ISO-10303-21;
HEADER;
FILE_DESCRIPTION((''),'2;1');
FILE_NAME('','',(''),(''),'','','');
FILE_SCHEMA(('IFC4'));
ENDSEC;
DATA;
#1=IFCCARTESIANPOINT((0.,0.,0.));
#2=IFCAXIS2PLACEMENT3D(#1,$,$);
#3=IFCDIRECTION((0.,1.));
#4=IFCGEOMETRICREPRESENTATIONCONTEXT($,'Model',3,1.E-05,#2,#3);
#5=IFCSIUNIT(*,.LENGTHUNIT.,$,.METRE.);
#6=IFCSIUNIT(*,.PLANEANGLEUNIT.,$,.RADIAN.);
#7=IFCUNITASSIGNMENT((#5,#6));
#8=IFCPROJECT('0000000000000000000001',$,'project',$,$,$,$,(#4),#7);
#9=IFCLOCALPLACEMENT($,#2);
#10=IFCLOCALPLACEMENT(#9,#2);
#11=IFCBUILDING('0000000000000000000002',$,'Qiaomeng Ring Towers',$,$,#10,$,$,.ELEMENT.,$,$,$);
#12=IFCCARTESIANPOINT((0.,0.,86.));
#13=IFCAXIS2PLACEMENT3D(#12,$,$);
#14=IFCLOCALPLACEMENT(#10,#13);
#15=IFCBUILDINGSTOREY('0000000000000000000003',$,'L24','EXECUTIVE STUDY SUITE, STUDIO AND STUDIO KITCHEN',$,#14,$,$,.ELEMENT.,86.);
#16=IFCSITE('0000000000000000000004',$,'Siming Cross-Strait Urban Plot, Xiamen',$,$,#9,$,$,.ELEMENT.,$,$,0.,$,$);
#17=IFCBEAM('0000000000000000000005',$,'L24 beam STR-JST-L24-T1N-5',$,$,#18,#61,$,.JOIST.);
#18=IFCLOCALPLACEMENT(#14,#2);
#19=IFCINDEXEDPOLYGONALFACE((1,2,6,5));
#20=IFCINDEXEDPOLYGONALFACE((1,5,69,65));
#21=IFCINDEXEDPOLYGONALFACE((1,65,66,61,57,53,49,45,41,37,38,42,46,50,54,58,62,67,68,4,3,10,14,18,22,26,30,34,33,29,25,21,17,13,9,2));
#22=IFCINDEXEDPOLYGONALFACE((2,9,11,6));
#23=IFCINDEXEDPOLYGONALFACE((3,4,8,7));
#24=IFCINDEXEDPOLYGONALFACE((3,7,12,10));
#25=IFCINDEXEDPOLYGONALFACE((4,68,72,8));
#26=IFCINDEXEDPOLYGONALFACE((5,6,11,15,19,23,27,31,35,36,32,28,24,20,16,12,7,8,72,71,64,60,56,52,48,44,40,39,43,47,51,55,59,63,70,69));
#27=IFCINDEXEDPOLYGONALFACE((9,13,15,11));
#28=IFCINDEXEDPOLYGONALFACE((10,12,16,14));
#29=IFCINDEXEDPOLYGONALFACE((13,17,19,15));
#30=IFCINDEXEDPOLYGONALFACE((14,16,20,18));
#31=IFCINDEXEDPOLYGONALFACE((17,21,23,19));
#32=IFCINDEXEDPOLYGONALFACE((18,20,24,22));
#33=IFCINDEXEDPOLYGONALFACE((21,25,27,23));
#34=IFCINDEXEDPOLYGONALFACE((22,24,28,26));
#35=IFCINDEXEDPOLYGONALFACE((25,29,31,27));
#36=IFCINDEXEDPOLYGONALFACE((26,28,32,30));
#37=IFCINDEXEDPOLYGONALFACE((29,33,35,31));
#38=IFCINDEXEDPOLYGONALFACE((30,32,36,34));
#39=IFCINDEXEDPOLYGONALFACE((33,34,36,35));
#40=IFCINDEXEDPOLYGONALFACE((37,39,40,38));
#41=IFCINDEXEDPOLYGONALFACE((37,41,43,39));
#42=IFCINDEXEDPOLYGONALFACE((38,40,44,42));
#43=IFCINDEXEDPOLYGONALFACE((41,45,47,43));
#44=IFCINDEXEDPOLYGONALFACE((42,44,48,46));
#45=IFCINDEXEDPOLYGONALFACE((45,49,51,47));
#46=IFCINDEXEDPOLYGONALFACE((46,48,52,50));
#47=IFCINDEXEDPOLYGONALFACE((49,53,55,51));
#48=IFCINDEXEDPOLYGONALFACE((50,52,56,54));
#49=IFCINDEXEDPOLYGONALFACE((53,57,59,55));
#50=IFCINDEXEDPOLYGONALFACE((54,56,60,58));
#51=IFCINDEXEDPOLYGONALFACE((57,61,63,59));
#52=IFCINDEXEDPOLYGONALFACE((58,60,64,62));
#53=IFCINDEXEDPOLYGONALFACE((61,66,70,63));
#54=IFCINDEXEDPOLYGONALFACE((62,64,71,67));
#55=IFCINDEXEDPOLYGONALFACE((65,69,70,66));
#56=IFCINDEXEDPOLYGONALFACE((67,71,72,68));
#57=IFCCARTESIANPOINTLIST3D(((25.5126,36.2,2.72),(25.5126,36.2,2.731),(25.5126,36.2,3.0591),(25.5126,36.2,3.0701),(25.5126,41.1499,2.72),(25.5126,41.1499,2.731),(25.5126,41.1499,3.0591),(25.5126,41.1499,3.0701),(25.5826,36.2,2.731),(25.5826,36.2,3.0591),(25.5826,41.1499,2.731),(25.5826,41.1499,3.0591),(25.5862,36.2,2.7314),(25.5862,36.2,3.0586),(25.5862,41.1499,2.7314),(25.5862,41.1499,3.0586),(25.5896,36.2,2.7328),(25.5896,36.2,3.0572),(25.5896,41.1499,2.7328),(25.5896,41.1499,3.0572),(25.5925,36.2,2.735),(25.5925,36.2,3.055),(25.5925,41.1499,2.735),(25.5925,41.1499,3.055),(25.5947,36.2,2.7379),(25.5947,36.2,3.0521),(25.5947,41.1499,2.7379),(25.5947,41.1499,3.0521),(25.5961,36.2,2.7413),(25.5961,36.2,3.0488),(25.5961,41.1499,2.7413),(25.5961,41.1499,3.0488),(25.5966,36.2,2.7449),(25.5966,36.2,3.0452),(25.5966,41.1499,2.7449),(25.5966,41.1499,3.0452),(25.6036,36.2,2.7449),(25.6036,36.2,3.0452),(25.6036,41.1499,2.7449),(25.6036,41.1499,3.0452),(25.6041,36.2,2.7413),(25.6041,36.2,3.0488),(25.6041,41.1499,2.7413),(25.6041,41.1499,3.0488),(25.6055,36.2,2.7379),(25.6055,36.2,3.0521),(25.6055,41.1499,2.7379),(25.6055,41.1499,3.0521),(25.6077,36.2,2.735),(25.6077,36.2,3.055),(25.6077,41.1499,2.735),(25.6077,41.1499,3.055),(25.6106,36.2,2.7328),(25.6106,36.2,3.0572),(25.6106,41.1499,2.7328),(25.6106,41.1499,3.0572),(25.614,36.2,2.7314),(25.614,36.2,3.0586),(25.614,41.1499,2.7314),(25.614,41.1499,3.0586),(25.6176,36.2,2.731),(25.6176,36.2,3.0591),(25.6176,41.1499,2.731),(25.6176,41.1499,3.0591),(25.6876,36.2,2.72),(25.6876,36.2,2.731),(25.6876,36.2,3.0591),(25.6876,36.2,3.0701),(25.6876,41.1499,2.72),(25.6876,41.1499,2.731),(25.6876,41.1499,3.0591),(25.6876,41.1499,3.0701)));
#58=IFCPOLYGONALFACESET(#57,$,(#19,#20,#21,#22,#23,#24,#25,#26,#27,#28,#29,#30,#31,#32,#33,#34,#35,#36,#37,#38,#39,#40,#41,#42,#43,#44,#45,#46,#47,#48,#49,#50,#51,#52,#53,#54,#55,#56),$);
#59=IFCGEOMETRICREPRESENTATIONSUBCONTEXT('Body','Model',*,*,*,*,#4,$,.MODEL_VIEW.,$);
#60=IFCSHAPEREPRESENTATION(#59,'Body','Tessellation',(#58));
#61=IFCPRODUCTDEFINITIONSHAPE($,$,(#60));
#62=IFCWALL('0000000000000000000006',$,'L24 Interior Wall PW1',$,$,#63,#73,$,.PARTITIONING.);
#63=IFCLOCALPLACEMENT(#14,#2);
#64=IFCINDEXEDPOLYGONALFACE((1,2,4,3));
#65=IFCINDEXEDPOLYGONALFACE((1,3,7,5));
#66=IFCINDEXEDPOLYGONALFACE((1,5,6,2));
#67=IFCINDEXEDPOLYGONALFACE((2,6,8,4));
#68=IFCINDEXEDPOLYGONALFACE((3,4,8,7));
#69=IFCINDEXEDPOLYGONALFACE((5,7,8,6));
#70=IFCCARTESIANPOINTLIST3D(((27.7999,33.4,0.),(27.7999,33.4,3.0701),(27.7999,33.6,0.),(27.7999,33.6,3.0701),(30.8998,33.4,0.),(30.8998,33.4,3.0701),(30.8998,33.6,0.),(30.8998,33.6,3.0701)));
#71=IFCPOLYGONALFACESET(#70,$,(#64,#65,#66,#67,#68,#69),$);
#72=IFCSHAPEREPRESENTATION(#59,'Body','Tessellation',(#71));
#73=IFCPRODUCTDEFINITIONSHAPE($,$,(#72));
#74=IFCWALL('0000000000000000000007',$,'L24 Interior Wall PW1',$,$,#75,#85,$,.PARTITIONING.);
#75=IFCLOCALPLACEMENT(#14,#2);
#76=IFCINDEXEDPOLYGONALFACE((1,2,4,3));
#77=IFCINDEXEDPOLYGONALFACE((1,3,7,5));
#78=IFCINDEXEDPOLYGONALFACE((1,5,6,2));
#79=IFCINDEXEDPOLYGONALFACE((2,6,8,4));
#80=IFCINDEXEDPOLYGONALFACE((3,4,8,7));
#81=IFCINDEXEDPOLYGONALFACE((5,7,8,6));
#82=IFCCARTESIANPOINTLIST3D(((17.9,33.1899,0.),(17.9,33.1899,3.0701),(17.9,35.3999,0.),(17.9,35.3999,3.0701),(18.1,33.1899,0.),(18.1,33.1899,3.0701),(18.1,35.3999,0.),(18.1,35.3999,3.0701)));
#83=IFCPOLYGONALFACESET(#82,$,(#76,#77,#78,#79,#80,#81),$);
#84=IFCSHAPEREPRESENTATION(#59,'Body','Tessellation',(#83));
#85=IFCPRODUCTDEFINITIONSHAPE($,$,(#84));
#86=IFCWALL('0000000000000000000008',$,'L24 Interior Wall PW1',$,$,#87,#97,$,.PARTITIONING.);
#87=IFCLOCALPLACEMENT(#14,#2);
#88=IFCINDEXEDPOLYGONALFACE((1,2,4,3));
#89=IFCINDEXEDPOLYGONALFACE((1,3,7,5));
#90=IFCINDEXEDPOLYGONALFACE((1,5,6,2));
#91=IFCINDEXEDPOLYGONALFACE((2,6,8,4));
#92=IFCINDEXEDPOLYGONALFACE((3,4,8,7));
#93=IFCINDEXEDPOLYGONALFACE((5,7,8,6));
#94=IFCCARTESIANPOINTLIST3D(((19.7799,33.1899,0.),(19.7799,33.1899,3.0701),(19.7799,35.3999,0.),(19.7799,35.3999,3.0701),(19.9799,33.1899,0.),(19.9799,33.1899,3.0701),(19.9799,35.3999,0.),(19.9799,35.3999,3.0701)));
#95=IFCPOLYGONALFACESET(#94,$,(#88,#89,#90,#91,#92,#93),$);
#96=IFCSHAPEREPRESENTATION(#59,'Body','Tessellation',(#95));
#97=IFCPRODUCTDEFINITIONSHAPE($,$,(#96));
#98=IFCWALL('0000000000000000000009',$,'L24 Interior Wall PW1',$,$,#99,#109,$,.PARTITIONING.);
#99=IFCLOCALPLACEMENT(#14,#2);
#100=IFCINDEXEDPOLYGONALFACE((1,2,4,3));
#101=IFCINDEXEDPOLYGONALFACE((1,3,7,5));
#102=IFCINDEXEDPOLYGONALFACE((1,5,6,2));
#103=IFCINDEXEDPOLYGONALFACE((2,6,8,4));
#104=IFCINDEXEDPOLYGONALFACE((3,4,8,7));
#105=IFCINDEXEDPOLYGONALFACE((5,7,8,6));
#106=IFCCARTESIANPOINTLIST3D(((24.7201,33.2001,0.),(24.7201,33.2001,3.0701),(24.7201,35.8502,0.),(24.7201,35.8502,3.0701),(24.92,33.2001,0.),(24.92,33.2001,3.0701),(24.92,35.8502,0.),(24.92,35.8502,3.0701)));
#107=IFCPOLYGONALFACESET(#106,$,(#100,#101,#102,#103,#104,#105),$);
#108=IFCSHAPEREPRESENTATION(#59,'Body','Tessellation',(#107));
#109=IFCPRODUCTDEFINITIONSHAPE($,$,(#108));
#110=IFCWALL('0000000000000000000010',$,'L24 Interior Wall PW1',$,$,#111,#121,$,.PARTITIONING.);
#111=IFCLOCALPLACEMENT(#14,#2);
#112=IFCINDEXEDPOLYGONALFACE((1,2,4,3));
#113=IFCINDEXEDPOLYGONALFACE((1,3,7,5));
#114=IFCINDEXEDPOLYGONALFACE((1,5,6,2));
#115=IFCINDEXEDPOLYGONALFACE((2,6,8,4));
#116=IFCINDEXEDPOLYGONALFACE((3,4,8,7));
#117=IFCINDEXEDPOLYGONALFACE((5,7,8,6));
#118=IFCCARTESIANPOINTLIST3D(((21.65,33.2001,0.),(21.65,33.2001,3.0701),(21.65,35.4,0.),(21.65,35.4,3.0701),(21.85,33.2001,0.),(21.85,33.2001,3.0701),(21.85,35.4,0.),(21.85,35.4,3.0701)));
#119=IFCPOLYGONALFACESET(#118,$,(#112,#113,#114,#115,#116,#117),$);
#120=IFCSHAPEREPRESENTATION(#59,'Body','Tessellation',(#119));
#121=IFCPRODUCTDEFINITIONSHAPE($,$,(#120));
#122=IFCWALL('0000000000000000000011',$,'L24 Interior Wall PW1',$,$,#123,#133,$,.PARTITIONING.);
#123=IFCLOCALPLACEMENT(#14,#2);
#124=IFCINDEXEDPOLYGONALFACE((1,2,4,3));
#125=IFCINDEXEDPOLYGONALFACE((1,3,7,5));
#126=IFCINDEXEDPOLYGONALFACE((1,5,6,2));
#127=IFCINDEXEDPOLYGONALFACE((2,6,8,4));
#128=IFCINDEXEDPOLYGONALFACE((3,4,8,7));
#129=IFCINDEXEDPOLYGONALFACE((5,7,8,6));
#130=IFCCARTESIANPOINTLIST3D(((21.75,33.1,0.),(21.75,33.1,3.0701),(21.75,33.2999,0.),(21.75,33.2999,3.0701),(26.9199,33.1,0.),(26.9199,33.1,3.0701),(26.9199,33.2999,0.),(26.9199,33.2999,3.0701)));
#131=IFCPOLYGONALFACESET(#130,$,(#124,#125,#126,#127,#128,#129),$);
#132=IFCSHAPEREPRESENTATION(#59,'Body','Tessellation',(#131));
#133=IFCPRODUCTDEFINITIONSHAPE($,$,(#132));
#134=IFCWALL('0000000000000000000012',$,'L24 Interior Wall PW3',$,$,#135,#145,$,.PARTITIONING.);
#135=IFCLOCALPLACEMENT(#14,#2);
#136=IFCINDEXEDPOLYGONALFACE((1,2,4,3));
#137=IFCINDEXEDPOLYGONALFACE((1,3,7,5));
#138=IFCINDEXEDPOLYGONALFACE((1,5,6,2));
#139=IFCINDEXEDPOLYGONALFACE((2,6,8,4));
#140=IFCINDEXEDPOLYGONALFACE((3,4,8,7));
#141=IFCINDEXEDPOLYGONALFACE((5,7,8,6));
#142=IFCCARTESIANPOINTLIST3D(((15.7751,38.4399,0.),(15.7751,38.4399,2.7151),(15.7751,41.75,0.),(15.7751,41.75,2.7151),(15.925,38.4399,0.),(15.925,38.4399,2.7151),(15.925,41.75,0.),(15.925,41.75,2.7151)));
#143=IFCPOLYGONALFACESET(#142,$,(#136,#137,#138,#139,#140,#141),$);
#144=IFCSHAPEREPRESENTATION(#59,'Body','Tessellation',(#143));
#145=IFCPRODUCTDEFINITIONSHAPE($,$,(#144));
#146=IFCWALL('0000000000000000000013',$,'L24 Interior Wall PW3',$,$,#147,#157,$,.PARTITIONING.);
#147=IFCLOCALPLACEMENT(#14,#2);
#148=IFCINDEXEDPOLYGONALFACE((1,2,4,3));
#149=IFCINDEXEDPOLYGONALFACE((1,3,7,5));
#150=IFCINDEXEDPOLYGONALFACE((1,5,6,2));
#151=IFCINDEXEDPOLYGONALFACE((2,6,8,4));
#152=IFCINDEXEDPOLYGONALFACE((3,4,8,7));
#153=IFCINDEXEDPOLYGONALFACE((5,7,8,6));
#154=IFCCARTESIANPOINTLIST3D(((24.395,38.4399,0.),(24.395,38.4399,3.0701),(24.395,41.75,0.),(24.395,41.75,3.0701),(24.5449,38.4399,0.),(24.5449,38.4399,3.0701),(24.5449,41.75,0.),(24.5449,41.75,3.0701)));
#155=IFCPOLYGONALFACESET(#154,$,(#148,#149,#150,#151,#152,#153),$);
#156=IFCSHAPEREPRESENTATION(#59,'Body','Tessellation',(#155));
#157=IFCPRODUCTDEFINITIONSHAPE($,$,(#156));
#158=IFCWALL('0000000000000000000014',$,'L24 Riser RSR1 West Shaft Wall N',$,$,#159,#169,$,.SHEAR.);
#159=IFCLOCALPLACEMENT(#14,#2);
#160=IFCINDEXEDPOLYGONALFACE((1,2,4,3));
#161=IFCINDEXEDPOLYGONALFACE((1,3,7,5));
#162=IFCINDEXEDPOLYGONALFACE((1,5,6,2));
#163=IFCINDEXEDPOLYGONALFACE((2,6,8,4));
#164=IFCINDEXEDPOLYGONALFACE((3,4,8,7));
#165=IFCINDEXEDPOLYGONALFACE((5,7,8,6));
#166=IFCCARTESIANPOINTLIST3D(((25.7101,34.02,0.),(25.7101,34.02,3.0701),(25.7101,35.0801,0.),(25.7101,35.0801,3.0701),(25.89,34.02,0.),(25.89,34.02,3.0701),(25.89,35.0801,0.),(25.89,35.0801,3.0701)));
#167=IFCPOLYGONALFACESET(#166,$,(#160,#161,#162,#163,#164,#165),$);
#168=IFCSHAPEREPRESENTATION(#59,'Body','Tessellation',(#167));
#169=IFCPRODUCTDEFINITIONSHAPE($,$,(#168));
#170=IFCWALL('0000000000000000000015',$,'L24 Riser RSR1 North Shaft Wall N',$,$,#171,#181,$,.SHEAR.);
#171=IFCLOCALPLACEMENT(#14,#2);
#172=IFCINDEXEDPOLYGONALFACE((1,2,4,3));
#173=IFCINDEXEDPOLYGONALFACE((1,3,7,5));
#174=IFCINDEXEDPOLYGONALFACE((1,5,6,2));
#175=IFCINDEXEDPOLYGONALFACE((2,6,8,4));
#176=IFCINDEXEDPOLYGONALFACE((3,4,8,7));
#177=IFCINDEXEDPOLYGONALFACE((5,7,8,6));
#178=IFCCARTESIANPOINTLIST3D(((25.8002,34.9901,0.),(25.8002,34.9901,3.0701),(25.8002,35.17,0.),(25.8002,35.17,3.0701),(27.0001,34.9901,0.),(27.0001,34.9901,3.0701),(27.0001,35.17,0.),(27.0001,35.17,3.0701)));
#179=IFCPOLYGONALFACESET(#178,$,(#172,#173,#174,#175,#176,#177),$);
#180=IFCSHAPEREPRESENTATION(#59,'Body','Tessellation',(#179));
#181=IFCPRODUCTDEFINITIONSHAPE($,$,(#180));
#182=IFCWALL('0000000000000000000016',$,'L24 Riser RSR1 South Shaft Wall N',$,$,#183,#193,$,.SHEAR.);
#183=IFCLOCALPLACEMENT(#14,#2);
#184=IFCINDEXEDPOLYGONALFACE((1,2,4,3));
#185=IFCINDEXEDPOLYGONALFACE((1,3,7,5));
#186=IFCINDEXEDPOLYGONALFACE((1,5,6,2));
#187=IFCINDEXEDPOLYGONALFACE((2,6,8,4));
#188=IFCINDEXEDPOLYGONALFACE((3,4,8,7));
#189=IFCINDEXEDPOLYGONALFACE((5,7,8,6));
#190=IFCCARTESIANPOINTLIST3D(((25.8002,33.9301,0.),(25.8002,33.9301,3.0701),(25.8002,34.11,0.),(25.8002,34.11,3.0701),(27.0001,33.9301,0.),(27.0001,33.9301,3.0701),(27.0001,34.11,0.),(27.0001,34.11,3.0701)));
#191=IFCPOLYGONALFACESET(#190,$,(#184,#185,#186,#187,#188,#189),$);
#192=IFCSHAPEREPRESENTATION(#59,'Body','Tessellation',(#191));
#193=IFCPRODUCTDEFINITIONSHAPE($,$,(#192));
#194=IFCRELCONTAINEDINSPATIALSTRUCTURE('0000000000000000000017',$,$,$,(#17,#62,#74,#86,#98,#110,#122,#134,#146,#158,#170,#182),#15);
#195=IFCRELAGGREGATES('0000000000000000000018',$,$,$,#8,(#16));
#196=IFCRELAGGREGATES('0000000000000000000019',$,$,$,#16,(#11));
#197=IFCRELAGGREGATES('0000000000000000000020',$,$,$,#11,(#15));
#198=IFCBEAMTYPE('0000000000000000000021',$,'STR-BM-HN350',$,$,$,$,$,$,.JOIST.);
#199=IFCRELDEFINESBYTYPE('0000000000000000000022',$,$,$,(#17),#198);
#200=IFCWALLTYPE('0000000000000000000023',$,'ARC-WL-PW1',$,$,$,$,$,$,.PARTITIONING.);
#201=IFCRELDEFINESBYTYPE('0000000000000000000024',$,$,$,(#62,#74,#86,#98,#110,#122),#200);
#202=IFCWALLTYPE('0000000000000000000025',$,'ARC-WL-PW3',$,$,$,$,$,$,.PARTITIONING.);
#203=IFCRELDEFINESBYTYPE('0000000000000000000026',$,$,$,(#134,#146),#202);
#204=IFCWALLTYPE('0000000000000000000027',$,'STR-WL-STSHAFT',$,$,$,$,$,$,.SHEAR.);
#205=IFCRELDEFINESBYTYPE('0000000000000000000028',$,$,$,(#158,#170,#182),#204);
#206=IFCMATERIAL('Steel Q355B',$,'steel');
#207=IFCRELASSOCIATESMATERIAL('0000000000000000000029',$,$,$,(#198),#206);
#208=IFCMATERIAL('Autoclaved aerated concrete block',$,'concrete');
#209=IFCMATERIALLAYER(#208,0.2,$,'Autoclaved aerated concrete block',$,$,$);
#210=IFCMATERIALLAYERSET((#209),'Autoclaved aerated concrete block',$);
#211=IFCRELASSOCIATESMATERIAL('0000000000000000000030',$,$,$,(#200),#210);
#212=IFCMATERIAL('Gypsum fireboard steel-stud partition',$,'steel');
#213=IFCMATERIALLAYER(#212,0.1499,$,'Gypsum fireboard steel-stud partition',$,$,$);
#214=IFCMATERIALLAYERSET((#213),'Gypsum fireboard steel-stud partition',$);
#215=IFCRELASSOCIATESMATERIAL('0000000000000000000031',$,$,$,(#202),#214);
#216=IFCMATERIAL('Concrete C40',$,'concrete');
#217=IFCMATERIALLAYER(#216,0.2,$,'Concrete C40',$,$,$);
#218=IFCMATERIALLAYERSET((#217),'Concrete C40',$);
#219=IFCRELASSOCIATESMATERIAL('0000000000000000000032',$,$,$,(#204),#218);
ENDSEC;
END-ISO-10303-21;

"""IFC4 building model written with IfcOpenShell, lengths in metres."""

from ifc_helpers import new_model, si_unit, direction, frame, frame_2d, origin, origin_2d, place, context, subcontext, project, spatial, rectangle, i_section, extrude, source, transform, mapped, material, layer, layer_set, material_profile, profile_set, type_object, element, save


model = new_model("IFC4")

# Units and contexts
model_context = context("Model", 3, precision=1e-05, world=origin(), true_north=direction((0.0, 1.0)))
body_context = subcontext(model_context, "Body", "Model", "MODEL_VIEW")
ifc_project = project(units=[si_unit("LENGTHUNIT", "METRE"), si_unit("PLANEANGLEUNIT", "RADIAN")], contexts=[model_context])

# Site, building, storey
site_placement = place(None, origin())
site = spatial("IfcSite", under=ifc_project, at=site_placement, Name="Siming Cross-Strait Urban Plot, Xiamen", CompositionType="ELEMENT", RefElevation=0.0)
building_placement = place(site_placement, origin())
building = spatial("IfcBuilding", under=site, at=building_placement, Name="Qiaomeng Ring Towers", CompositionType="ELEMENT")
storey_placement = place(building_placement, frame((0.0, 0.0, 86.0)))
storey = spatial("IfcBuildingStorey", under=building, at=storey_placement, Name="L24", Description="EXECUTIVE STUDY SUITE, STUDIO AND STUDIO KITCHEN", CompositionType="ELEMENT", Elevation=86.0)

# Beam
ifc_material_1 = material(Name="Steel Q355B", Category="steel")
ifc_material_profile_1 = material_profile(ifc_material_1, i_section(OverallWidth=0.175, OverallDepth=0.3501, WebThickness=0.0071, FlangeThickness=0.011, FilletRadius=0.0139, at=origin_2d()), Name="HN 350x175x7x11")
ifc_profile_set_1 = profile_set([ifc_material_profile_1], Name="Steel Q355B")
beam_type_1 = type_object("IfcBeamType", Name="STR-BM-HN350", PredefinedType="JOIST", material=ifc_profile_set_1)
shared_shape_1 = source(origin(), body_context, "Body", "SweptSolid", [
    extrude(i_section(OverallWidth=0.175, OverallDepth=0.3501, WebThickness=0.0071, FlangeThickness=0.011, FilletRadius=0.0139, at=origin_2d()), origin(), (0.0, 0.0, 1.0), 4.95),
])
for number, where, z_axis, x_axis, name in (
    (1, (25.6001, 36.2, 2.895), (0.0, 1.0, 0.0), (-1.0, 0.0, 0.0), "L24 beam STR-JST-L24-T1N-5"),
):
    element("IfcBeam", number, at=place(storey_placement, frame(where, z_axis=z_axis, x_axis=x_axis)), inside=storey, type_object=beam_type_1, Name=name, PredefinedType="JOIST", context=body_context, shape_type="MappedRepresentation", body=[
        mapped(shared_shape_1, transform((0.0, 0.0, 0.0), x_axis=(1.0, 0.0, 0.0), y_axis=(0.0, 1.0, 0.0), z_axis=(0.0, 0.0, 1.0), scale=1.0)),
    ])

# Walls
ifc_material_2 = material(Name="Autoclaved aerated concrete block", Category="concrete")
ifc_layer_1 = layer(ifc_material_2, 0.2, Name="Autoclaved aerated concrete block")
ifc_layer_set_1 = layer_set([ifc_layer_1], Name="Autoclaved aerated concrete block")
wall_type_1 = type_object("IfcWallType", Name="ARC-WL-PW1", PredefinedType="PARTITIONING", material=ifc_layer_set_1)
wall_1_placement = place(storey_placement, frame((27.8, 33.5, 0.0), z_axis=(0.0, 0.0, 1.0), x_axis=(1.0, 0.0, 0.0)))
element("IfcWall", 2, at=wall_1_placement, inside=storey, type_object=wall_type_1, Name="L24 Interior Wall PW1", PredefinedType="PARTITIONING", context=body_context, shape_type="SweptSolid", body=[
    extrude(rectangle(XDim=3.0999, YDim=0.2, at=frame_2d((1.5498, 0.0))), origin(), (0.0, 0.0, 1.0), 3.0701),
])
for number, where, z_axis, x_axis, name in (
    (3, (18.0, 33.1899, 0.0), (0.0, 0.0, 1.0), (0.0, 1.0, 0.0), "L24 Interior Wall PW1"),
    (4, (19.8799, 33.1899, 0.0), (0.0, 0.0, 1.0), (0.0, 1.0, 0.0), "L24 Interior Wall PW1"),
):
    element("IfcWall", number, at=place(storey_placement, frame(where, z_axis=z_axis, x_axis=x_axis)), inside=storey, type_object=wall_type_1, Name=name, PredefinedType="PARTITIONING", context=body_context, shape_type="SweptSolid", body=[
        extrude(rectangle(XDim=2.21, YDim=0.2, at=frame_2d((1.105, 0.0))), origin(), (0.0, 0.0, 1.0), 3.0701),
    ])
wall_2_placement = place(storey_placement, frame((24.8201, 33.2, 0.0), z_axis=(0.0, 0.0, 1.0), x_axis=(0.0, 1.0, 0.0)))
element("IfcWall", 5, at=wall_2_placement, inside=storey, type_object=wall_type_1, Name="L24 Interior Wall PW1", PredefinedType="PARTITIONING", context=body_context, shape_type="SweptSolid", body=[
    extrude(rectangle(XDim=2.6501, YDim=0.2, at=frame_2d((1.3252, 0.0))), origin(), (0.0, 0.0, 1.0), 3.0701),
])
wall_3_placement = place(storey_placement, frame((21.75, 33.2, 0.0), z_axis=(0.0, 0.0, 1.0), x_axis=(0.0, 1.0, 0.0)))
element("IfcWall", 6, at=wall_3_placement, inside=storey, type_object=wall_type_1, Name="L24 Interior Wall PW1", PredefinedType="PARTITIONING", context=body_context, shape_type="SweptSolid", body=[
    extrude(rectangle(XDim=2.2, YDim=0.2, at=frame_2d((1.1001, 0.0))), origin(), (0.0, 0.0, 1.0), 3.0701),
])
wall_4_placement = place(storey_placement, frame((21.75, 33.2, 0.0), z_axis=(0.0, 0.0, 1.0), x_axis=(1.0, 0.0, 0.0)))
element("IfcWall", 7, at=wall_4_placement, inside=storey, type_object=wall_type_1, Name="L24 Interior Wall PW1", PredefinedType="PARTITIONING", context=body_context, shape_type="SweptSolid", body=[
    extrude(rectangle(XDim=5.1699, YDim=0.2, at=frame_2d((2.585, 0.0))), origin(), (0.0, 0.0, 1.0), 3.0701),
])
ifc_material_3 = material(Name="Gypsum fireboard steel-stud partition", Category="steel")
ifc_layer_2 = layer(ifc_material_3, 0.1499, Name="Gypsum fireboard steel-stud partition")
ifc_layer_set_2 = layer_set([ifc_layer_2], Name="Gypsum fireboard steel-stud partition")
wall_type_2 = type_object("IfcWallType", Name="ARC-WL-PW3", PredefinedType="PARTITIONING", material=ifc_layer_set_2)
wall_5_placement = place(storey_placement, frame((15.8501, 38.4399, 0.0), z_axis=(0.0, 0.0, 1.0), x_axis=(0.0, 1.0, 0.0)))
element("IfcWall", 8, at=wall_5_placement, inside=storey, type_object=wall_type_2, Name="L24 Interior Wall PW3", PredefinedType="PARTITIONING", context=body_context, shape_type="SweptSolid", body=[
    extrude(rectangle(XDim=3.3101, YDim=0.1499, at=frame_2d((1.655, 0.0))), origin(), (0.0, 0.0, 1.0), 2.7151),
])
wall_6_placement = place(storey_placement, frame((24.47, 38.4399, 0.0), z_axis=(0.0, 0.0, 1.0), x_axis=(0.0, 1.0, 0.0)))
element("IfcWall", 9, at=wall_6_placement, inside=storey, type_object=wall_type_2, Name="L24 Interior Wall PW3", PredefinedType="PARTITIONING", context=body_context, shape_type="SweptSolid", body=[
    extrude(rectangle(XDim=3.3101, YDim=0.1499, at=frame_2d((1.655, 0.0))), origin(), (0.0, 0.0, 1.0), 3.0701),
])
ifc_material_4 = material(Name="Concrete C40", Category="concrete")
ifc_layer_3 = layer(ifc_material_4, 0.2, Name="Concrete C40")
ifc_layer_set_3 = layer_set([ifc_layer_3], Name="Concrete C40")
wall_type_3 = type_object("IfcWallType", Name="STR-WL-STSHAFT", PredefinedType="SHEAR", material=ifc_layer_set_3)
wall_7_placement = place(storey_placement, frame((25.8, 34.02, 0.0), z_axis=(0.0, 0.0, 1.0), x_axis=(0.0, 1.0, 0.0)))
element("IfcWall", 10, at=wall_7_placement, inside=storey, type_object=wall_type_3, Name="L24 Riser RSR1 West Shaft Wall N", PredefinedType="SHEAR", context=body_context, shape_type="SweptSolid", body=[
    extrude(rectangle(XDim=1.0601, YDim=0.1799, at=frame_2d((0.53, 0.0))), origin(), (0.0, 0.0, 1.0), 3.0701),
])
for number, where, z_axis, x_axis, name in (
    (11, (25.8, 35.0801, 0.0), (0.0, 0.0, 1.0), (1.0, 0.0, 0.0), "L24 Riser RSR1 North Shaft Wall N"),
    (12, (25.8, 34.02, 0.0), (0.0, 0.0, 1.0), (1.0, 0.0, 0.0), "L24 Riser RSR1 South Shaft Wall N"),
):
    element("IfcWall", number, at=place(storey_placement, frame(where, z_axis=z_axis, x_axis=x_axis)), inside=storey, type_object=wall_type_3, Name=name, PredefinedType="SHEAR", context=body_context, shape_type="SweptSolid", body=[
        extrude(rectangle(XDim=1.2, YDim=0.1799, at=frame_2d((0.6001, 0.0))), origin(), (0.0, 0.0, 1.0), 3.0701),
    ])

save(model, "model.ifc")
